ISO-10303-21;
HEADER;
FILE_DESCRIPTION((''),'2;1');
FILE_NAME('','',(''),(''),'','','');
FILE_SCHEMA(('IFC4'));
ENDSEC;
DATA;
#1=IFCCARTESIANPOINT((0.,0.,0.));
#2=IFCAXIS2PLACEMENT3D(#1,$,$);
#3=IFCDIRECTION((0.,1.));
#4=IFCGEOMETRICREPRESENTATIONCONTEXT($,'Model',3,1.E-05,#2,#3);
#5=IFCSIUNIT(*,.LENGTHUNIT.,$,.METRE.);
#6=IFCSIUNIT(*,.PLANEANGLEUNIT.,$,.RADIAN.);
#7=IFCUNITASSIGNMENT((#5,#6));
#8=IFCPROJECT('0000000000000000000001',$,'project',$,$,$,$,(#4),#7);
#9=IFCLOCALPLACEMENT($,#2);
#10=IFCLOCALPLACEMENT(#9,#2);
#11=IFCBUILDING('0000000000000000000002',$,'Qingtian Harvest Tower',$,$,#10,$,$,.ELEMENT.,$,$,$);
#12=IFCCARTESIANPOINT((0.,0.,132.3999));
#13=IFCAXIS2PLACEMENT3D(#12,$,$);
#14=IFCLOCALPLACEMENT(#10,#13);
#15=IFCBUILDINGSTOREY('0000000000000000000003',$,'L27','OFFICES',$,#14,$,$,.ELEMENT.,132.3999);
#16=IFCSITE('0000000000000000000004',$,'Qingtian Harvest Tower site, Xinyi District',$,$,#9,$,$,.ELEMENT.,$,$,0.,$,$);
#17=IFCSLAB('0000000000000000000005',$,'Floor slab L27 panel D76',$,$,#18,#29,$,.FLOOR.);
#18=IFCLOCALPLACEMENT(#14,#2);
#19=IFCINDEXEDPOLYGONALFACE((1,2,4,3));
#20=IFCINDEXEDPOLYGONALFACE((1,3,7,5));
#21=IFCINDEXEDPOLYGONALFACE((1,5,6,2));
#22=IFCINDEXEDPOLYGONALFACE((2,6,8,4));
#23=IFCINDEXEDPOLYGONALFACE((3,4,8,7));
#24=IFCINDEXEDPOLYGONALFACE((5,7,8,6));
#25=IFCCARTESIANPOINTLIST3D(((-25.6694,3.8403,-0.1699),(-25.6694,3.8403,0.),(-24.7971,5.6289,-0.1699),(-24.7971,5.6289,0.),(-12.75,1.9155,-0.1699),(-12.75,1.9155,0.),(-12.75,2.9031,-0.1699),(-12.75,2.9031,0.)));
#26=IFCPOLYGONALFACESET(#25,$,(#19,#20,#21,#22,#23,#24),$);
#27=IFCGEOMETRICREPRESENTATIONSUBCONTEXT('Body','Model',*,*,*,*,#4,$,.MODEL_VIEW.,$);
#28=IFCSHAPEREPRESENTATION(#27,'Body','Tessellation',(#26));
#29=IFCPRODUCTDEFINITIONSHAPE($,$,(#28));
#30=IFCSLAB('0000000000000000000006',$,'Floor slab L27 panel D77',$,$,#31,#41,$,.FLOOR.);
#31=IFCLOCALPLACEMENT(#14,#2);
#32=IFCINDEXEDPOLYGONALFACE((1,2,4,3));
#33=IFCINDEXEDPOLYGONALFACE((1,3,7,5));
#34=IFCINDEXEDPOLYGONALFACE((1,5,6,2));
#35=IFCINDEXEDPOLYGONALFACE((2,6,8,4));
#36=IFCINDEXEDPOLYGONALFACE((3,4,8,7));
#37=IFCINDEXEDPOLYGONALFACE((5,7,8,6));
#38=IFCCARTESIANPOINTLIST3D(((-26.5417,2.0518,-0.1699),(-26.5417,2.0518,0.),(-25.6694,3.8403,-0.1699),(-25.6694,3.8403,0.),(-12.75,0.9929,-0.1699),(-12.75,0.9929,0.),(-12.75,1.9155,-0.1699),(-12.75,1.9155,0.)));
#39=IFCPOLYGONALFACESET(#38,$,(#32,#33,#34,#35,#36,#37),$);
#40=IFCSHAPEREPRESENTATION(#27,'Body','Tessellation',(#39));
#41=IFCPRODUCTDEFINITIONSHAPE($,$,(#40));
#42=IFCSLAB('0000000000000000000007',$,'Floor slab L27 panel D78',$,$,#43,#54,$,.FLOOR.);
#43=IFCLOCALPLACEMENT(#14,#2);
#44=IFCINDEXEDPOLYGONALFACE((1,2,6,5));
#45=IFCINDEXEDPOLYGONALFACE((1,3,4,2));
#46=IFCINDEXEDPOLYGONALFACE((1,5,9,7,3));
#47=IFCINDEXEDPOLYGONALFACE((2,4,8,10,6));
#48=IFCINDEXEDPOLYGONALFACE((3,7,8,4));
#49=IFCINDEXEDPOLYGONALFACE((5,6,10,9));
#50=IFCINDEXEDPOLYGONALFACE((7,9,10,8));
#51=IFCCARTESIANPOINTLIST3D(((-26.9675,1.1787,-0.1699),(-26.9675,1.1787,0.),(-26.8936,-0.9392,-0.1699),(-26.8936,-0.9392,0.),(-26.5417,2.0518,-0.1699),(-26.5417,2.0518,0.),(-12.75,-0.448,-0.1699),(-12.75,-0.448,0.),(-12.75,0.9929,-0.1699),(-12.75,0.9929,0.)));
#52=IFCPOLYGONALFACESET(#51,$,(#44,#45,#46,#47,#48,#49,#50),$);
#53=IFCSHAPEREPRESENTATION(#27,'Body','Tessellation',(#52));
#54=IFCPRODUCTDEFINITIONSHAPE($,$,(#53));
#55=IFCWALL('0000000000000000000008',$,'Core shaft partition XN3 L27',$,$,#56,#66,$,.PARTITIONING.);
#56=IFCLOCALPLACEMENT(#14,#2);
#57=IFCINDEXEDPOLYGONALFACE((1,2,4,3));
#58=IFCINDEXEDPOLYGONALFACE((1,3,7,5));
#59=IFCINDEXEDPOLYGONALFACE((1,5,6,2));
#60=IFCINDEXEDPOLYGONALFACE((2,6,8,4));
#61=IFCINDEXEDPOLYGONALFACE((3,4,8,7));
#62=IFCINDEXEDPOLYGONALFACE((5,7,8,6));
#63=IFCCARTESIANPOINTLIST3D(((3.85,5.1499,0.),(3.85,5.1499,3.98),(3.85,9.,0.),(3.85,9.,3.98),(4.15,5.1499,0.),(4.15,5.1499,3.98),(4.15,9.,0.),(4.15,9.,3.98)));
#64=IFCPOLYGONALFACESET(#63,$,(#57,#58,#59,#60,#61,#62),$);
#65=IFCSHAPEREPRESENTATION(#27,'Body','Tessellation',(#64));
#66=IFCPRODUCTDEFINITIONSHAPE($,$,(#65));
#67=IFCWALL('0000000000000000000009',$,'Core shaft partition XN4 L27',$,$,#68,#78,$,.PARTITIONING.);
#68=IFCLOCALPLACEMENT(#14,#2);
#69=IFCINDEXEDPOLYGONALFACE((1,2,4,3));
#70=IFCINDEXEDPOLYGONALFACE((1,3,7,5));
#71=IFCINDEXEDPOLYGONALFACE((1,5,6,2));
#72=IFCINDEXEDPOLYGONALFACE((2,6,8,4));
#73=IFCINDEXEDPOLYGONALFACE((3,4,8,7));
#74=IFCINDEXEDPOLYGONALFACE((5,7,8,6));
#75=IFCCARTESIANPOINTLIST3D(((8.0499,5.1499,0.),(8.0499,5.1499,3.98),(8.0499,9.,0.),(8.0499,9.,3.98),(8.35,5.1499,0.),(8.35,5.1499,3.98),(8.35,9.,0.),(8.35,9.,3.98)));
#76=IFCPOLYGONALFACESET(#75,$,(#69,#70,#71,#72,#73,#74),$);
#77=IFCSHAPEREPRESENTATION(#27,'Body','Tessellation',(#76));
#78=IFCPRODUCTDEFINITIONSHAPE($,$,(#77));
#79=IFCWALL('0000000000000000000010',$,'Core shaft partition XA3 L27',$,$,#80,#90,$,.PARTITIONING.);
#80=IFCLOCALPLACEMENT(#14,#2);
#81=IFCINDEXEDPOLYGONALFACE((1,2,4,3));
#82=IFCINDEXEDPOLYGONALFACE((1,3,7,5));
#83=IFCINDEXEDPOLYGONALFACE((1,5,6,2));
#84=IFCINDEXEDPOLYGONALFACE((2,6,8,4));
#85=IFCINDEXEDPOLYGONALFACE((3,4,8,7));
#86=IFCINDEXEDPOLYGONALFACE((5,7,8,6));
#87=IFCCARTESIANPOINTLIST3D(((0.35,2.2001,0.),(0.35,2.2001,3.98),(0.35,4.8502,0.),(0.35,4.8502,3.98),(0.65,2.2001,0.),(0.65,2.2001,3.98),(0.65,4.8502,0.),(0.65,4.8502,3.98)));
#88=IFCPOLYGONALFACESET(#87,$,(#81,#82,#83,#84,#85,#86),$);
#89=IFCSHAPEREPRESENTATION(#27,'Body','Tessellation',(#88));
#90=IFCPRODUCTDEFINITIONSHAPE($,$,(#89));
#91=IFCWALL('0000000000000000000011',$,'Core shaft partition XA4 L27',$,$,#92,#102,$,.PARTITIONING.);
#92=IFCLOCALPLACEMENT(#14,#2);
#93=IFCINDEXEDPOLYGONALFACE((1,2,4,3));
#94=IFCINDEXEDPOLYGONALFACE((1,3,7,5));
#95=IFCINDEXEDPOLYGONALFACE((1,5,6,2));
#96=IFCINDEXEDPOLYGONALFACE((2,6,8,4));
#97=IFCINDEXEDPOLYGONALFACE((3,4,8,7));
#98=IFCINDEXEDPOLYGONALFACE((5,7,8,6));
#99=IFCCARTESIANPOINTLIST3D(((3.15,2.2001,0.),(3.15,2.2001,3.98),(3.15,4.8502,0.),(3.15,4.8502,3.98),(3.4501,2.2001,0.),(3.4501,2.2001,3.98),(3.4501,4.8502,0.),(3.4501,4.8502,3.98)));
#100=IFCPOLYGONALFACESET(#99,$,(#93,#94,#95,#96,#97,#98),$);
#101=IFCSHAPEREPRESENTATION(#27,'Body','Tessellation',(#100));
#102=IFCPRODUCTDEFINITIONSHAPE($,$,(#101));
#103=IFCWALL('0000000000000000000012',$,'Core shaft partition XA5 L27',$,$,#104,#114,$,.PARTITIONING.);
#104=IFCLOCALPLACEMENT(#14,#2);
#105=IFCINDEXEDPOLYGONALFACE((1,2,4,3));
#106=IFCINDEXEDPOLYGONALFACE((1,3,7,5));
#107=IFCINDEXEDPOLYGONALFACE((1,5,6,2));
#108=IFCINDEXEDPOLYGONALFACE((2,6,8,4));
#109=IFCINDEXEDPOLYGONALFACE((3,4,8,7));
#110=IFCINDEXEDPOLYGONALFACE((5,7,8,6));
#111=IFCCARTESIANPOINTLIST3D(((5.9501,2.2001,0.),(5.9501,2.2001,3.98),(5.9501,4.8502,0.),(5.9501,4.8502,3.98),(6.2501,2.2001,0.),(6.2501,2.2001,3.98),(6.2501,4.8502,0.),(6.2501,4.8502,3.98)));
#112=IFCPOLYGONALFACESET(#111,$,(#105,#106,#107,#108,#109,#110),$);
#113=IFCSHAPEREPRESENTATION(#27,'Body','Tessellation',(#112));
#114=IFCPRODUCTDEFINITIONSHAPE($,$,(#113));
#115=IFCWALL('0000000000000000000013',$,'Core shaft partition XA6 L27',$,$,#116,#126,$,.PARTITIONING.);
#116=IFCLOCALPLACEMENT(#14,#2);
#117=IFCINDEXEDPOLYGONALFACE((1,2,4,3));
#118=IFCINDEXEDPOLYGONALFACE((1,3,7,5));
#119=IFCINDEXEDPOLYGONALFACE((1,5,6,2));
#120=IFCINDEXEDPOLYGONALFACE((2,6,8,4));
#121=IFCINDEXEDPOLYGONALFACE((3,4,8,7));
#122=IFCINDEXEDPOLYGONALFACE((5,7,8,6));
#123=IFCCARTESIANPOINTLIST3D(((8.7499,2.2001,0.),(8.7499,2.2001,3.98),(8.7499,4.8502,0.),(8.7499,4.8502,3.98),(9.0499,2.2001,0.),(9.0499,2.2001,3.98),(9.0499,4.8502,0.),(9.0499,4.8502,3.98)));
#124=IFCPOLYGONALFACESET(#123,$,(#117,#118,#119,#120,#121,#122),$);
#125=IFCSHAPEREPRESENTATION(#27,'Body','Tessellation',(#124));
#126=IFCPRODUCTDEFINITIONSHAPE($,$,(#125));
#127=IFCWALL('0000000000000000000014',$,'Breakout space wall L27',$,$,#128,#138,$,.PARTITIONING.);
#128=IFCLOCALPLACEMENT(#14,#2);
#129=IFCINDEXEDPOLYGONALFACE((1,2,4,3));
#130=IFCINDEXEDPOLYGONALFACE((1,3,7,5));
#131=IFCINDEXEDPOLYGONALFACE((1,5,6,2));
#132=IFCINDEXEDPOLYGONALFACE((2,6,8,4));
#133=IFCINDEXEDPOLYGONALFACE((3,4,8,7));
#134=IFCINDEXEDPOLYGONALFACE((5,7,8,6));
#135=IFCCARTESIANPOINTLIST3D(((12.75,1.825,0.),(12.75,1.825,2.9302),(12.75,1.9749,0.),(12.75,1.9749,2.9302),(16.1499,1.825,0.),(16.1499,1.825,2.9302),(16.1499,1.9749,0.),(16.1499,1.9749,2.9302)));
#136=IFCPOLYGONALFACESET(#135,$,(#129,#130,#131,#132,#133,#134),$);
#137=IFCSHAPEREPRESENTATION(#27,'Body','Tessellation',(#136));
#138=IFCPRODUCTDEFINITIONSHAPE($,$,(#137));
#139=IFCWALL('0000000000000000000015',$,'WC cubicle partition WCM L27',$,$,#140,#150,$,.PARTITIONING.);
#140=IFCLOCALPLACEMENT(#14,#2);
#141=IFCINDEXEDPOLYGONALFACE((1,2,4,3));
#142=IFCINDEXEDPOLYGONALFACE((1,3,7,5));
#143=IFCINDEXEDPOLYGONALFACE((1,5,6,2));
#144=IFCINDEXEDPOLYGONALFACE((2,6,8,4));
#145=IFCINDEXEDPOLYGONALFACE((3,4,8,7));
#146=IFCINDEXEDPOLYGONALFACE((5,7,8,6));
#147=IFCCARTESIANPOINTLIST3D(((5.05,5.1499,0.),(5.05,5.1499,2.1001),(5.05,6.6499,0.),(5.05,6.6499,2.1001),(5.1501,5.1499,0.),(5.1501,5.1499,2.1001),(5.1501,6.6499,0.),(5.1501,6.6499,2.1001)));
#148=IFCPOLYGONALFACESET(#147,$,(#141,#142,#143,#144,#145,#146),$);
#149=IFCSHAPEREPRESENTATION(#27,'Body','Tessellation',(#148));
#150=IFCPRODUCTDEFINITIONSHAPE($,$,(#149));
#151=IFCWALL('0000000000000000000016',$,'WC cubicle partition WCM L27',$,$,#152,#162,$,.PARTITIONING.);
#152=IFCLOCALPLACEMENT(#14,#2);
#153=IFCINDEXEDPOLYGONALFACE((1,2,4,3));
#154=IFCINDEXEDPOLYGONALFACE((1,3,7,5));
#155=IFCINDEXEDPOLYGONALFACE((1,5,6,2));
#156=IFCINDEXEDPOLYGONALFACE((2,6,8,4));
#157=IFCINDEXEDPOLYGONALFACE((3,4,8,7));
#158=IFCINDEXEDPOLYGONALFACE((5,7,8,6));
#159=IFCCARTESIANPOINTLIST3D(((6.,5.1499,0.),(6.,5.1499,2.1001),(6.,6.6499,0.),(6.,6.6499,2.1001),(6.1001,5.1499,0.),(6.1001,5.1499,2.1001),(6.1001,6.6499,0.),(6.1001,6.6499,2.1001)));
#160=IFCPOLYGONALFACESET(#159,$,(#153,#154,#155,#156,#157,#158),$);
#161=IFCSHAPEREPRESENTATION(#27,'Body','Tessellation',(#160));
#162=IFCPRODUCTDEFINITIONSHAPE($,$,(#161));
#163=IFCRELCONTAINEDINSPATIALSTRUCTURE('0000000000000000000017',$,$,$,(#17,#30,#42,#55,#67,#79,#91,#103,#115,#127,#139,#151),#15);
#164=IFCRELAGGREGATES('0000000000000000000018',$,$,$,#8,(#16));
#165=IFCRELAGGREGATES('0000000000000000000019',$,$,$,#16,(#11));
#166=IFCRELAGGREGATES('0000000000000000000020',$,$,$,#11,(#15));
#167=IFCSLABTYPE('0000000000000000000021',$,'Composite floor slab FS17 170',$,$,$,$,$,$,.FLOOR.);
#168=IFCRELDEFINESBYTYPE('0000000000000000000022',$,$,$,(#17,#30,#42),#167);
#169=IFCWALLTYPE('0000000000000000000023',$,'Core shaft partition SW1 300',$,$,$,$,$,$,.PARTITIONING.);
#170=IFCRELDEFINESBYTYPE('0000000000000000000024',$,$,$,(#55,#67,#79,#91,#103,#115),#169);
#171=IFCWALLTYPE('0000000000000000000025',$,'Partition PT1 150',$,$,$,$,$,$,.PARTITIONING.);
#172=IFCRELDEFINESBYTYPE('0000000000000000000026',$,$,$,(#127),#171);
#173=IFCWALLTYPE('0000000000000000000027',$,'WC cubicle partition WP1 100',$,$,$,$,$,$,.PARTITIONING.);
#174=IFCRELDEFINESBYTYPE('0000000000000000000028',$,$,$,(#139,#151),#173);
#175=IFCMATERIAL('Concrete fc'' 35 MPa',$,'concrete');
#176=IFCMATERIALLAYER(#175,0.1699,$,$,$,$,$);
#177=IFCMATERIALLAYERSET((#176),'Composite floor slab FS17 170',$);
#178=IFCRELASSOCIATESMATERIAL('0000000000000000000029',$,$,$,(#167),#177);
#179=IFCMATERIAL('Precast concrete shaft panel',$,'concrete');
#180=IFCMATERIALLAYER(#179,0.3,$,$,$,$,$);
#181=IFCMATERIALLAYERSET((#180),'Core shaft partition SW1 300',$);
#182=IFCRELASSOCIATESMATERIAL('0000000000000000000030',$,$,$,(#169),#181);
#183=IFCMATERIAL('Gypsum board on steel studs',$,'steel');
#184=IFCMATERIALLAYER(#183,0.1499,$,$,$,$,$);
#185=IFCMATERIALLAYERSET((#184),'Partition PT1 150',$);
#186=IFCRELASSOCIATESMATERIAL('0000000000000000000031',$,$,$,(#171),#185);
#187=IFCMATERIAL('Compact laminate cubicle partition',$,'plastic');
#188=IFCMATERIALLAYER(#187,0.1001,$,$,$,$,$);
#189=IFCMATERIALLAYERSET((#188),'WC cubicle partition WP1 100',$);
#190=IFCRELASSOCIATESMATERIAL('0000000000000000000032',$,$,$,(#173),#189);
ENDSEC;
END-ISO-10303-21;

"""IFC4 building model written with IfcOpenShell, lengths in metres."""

from ifc_helpers import new_model, si_unit, direction, frame, frame_2d, origin, place, context, subcontext, project, spatial, polyline, rectangle, outline, extrude, material, layer, layer_set, type_object, element, save


model = new_model("IFC4")

# Units and contexts
model_context = context("Model", 3, precision=1e-05, world=origin(), true_north=direction((0.0, 1.0)))
body_context = subcontext(model_context, "Body", "Model", "MODEL_VIEW")
ifc_project = project(units=[si_unit("LENGTHUNIT", "METRE"), si_unit("PLANEANGLEUNIT", "RADIAN")], contexts=[model_context])

# Site, building, storey
site_placement = place(None, origin())
site = spatial("IfcSite", under=ifc_project, at=site_placement, Name="Qingtian Harvest Tower site, Xinyi District", CompositionType="ELEMENT", RefElevation=0.0)
building_placement = place(site_placement, origin())
building = spatial("IfcBuilding", under=site, at=building_placement, Name="Qingtian Harvest Tower", CompositionType="ELEMENT")
storey_placement = place(building_placement, frame((0.0, 0.0, 132.3999)))
storey = spatial("IfcBuildingStorey", under=building, at=storey_placement, Name="L27", Description="OFFICES", CompositionType="ELEMENT", Elevation=132.3999)

# Slabs
ifc_material_1 = material(Name="Concrete fc' 35 MPa", Category="concrete")
ifc_layer_1 = layer(ifc_material_1, 0.1699)
ifc_layer_set_1 = layer_set([ifc_layer_1], Name="Composite floor slab FS17 170")
slab_type = type_object("IfcSlabType", Name="Composite floor slab FS17 170", PredefinedType="FLOOR", material=ifc_layer_set_1)
slab_1_placement = place(storey_placement, frame((0.0, 0.0, -0.1699)))
element("IfcSlab", 1, at=slab_1_placement, inside=storey, type_object=slab_type, Name="Floor slab L27 panel D76", PredefinedType="FLOOR", context=body_context, shape_type="SweptSolid", body=[
    extrude(outline(polyline([(-12.75, 1.9155), (-25.6694, 3.8403), (-24.7971, 5.6289), (-12.75, 2.9031), (-12.75, 1.9155)])), origin(), (0.0, 0.0, 1.0), 0.1699),
])
slab_2_placement = place(storey_placement, frame((0.0, 0.0, -0.1699)))
element("IfcSlab", 2, at=slab_2_placement, inside=storey, type_object=slab_type, Name="Floor slab L27 panel D77", PredefinedType="FLOOR", context=body_context, shape_type="SweptSolid", body=[
    extrude(outline(polyline([(-12.75, 0.9929), (-26.5417, 2.0518), (-25.6694, 3.8403), (-12.75, 1.9155), (-12.75, 0.9929)])), origin(), (0.0, 0.0, 1.0), 0.1699),
])
slab_3_placement = place(storey_placement, frame((0.0, 0.0, -0.1699)))
element("IfcSlab", 3, at=slab_3_placement, inside=storey, type_object=slab_type, Name="Floor slab L27 panel D78", PredefinedType="FLOOR", context=body_context, shape_type="SweptSolid", body=[
    extrude(outline(polyline([(-12.75, 0.9929), (-12.75, -0.448), (-26.8936, -0.9392), (-26.9675, 1.1787), (-26.5417, 2.0518), (-12.75, 0.9929)])), origin(), (0.0, 0.0, 1.0), 0.1699),
])

# Shared definitions
ifc_material_2 = material(Name="Precast concrete shaft panel", Category="concrete")
ifc_layer_2 = layer(ifc_material_2, 0.3)
ifc_layer_set_2 = layer_set([ifc_layer_2], Name="Core shaft partition SW1 300")
wall_type_1 = type_object("IfcWallType", Name="Core shaft partition SW1 300", PredefinedType="PARTITIONING", material=ifc_layer_set_2)

# Walls
for number, where, z_axis, x_axis, name in (
    (4, (4.0, 5.1499, 0.0), (0.0, 0.0, 1.0), (0.0, 1.0, 0.0), "Core shaft partition XN3 L27"),
    (5, (8.2, 5.1499, 0.0), (0.0, 0.0, 1.0), (0.0, 1.0, 0.0), "Core shaft partition XN4 L27"),
):
    element("IfcWall", number, at=place(storey_placement, frame(where, z_axis=z_axis, x_axis=x_axis)), inside=storey, type_object=wall_type_1, Name=name, PredefinedType="PARTITIONING", context=body_context, shape_type="SweptSolid", body=[
        extrude(rectangle(XDim=3.8501, YDim=0.3, at=frame_2d((1.925, 0.0))), origin(), (0.0, 0.0, 1.0), 3.98),
    ])
for number, where, z_axis, x_axis, name in (
    (6, (0.5, 2.2, 0.0), (0.0, 0.0, 1.0), (0.0, 1.0, 0.0), "Core shaft partition XA3 L27"),
    (7, (3.3, 2.2, 0.0), (0.0, 0.0, 1.0), (0.0, 1.0, 0.0), "Core shaft partition XA4 L27"),
    (8, (6.1001, 2.2, 0.0), (0.0, 0.0, 1.0), (0.0, 1.0, 0.0), "Core shaft partition XA5 L27"),
    (9, (8.8999, 2.2, 0.0), (0.0, 0.0, 1.0), (0.0, 1.0, 0.0), "Core shaft partition XA6 L27"),
):
    element("IfcWall", number, at=place(storey_placement, frame(where, z_axis=z_axis, x_axis=x_axis)), inside=storey, type_object=wall_type_1, Name=name, PredefinedType="PARTITIONING", context=body_context, shape_type="SweptSolid", body=[
        extrude(rectangle(XDim=2.6501, YDim=0.3, at=frame_2d((1.3252, 0.0))), origin(), (0.0, 0.0, 1.0), 3.98),
    ])
ifc_material_3 = material(Name="Gypsum board on steel studs", Category="steel")
ifc_layer_3 = layer(ifc_material_3, 0.1499)
ifc_layer_set_3 = layer_set([ifc_layer_3], Name="Partition PT1 150")
wall_type_2 = type_object("IfcWallType", Name="Partition PT1 150", PredefinedType="PARTITIONING", material=ifc_layer_set_3)
wall_1_placement = place(storey_placement, frame((12.75, 1.8999, 0.0), z_axis=(0.0, 0.0, 1.0), x_axis=(1.0, 0.0, 0.0)))
element("IfcWall", 10, at=wall_1_placement, inside=storey, type_object=wall_type_2, Name="Breakout space wall L27", PredefinedType="PARTITIONING", context=body_context, shape_type="SweptSolid", body=[
    extrude(rectangle(XDim=3.3999, YDim=0.1499, at=frame_2d((1.7, 0.0))), origin(), (0.0, 0.0, 1.0), 2.9302),
])

# Walls
ifc_material_4 = material(Name="Compact laminate cubicle partition", Category="plastic")
ifc_layer_4 = layer(ifc_material_4, 0.1001)
ifc_layer_set_4 = layer_set([ifc_layer_4], Name="WC cubicle partition WP1 100")
wall_type_3 = type_object("IfcWallType", Name="WC cubicle partition WP1 100", PredefinedType="PARTITIONING", material=ifc_layer_set_4)
for number, where, z_axis, x_axis, name in (
    (11, (5.1001, 5.1499, 0.0), (0.0, 0.0, 1.0), (0.0, 1.0, 0.0), "WC cubicle partition WCM L27"),
    (12, (6.05, 5.1499, 0.0), (0.0, 0.0, 1.0), (0.0, 1.0, 0.0), "WC cubicle partition WCM L27"),
):
    element("IfcWall", number, at=place(storey_placement, frame(where, z_axis=z_axis, x_axis=x_axis)), inside=storey, type_object=wall_type_3, Name=name, PredefinedType="PARTITIONING", context=body_context, shape_type="SweptSolid", body=[
        extrude(rectangle(XDim=1.5, YDim=0.1001, at=frame_2d((0.75, 0.0))), origin(), (0.0, 0.0, 1.0), 2.1001),
    ])

save(model, "model.ifc")
